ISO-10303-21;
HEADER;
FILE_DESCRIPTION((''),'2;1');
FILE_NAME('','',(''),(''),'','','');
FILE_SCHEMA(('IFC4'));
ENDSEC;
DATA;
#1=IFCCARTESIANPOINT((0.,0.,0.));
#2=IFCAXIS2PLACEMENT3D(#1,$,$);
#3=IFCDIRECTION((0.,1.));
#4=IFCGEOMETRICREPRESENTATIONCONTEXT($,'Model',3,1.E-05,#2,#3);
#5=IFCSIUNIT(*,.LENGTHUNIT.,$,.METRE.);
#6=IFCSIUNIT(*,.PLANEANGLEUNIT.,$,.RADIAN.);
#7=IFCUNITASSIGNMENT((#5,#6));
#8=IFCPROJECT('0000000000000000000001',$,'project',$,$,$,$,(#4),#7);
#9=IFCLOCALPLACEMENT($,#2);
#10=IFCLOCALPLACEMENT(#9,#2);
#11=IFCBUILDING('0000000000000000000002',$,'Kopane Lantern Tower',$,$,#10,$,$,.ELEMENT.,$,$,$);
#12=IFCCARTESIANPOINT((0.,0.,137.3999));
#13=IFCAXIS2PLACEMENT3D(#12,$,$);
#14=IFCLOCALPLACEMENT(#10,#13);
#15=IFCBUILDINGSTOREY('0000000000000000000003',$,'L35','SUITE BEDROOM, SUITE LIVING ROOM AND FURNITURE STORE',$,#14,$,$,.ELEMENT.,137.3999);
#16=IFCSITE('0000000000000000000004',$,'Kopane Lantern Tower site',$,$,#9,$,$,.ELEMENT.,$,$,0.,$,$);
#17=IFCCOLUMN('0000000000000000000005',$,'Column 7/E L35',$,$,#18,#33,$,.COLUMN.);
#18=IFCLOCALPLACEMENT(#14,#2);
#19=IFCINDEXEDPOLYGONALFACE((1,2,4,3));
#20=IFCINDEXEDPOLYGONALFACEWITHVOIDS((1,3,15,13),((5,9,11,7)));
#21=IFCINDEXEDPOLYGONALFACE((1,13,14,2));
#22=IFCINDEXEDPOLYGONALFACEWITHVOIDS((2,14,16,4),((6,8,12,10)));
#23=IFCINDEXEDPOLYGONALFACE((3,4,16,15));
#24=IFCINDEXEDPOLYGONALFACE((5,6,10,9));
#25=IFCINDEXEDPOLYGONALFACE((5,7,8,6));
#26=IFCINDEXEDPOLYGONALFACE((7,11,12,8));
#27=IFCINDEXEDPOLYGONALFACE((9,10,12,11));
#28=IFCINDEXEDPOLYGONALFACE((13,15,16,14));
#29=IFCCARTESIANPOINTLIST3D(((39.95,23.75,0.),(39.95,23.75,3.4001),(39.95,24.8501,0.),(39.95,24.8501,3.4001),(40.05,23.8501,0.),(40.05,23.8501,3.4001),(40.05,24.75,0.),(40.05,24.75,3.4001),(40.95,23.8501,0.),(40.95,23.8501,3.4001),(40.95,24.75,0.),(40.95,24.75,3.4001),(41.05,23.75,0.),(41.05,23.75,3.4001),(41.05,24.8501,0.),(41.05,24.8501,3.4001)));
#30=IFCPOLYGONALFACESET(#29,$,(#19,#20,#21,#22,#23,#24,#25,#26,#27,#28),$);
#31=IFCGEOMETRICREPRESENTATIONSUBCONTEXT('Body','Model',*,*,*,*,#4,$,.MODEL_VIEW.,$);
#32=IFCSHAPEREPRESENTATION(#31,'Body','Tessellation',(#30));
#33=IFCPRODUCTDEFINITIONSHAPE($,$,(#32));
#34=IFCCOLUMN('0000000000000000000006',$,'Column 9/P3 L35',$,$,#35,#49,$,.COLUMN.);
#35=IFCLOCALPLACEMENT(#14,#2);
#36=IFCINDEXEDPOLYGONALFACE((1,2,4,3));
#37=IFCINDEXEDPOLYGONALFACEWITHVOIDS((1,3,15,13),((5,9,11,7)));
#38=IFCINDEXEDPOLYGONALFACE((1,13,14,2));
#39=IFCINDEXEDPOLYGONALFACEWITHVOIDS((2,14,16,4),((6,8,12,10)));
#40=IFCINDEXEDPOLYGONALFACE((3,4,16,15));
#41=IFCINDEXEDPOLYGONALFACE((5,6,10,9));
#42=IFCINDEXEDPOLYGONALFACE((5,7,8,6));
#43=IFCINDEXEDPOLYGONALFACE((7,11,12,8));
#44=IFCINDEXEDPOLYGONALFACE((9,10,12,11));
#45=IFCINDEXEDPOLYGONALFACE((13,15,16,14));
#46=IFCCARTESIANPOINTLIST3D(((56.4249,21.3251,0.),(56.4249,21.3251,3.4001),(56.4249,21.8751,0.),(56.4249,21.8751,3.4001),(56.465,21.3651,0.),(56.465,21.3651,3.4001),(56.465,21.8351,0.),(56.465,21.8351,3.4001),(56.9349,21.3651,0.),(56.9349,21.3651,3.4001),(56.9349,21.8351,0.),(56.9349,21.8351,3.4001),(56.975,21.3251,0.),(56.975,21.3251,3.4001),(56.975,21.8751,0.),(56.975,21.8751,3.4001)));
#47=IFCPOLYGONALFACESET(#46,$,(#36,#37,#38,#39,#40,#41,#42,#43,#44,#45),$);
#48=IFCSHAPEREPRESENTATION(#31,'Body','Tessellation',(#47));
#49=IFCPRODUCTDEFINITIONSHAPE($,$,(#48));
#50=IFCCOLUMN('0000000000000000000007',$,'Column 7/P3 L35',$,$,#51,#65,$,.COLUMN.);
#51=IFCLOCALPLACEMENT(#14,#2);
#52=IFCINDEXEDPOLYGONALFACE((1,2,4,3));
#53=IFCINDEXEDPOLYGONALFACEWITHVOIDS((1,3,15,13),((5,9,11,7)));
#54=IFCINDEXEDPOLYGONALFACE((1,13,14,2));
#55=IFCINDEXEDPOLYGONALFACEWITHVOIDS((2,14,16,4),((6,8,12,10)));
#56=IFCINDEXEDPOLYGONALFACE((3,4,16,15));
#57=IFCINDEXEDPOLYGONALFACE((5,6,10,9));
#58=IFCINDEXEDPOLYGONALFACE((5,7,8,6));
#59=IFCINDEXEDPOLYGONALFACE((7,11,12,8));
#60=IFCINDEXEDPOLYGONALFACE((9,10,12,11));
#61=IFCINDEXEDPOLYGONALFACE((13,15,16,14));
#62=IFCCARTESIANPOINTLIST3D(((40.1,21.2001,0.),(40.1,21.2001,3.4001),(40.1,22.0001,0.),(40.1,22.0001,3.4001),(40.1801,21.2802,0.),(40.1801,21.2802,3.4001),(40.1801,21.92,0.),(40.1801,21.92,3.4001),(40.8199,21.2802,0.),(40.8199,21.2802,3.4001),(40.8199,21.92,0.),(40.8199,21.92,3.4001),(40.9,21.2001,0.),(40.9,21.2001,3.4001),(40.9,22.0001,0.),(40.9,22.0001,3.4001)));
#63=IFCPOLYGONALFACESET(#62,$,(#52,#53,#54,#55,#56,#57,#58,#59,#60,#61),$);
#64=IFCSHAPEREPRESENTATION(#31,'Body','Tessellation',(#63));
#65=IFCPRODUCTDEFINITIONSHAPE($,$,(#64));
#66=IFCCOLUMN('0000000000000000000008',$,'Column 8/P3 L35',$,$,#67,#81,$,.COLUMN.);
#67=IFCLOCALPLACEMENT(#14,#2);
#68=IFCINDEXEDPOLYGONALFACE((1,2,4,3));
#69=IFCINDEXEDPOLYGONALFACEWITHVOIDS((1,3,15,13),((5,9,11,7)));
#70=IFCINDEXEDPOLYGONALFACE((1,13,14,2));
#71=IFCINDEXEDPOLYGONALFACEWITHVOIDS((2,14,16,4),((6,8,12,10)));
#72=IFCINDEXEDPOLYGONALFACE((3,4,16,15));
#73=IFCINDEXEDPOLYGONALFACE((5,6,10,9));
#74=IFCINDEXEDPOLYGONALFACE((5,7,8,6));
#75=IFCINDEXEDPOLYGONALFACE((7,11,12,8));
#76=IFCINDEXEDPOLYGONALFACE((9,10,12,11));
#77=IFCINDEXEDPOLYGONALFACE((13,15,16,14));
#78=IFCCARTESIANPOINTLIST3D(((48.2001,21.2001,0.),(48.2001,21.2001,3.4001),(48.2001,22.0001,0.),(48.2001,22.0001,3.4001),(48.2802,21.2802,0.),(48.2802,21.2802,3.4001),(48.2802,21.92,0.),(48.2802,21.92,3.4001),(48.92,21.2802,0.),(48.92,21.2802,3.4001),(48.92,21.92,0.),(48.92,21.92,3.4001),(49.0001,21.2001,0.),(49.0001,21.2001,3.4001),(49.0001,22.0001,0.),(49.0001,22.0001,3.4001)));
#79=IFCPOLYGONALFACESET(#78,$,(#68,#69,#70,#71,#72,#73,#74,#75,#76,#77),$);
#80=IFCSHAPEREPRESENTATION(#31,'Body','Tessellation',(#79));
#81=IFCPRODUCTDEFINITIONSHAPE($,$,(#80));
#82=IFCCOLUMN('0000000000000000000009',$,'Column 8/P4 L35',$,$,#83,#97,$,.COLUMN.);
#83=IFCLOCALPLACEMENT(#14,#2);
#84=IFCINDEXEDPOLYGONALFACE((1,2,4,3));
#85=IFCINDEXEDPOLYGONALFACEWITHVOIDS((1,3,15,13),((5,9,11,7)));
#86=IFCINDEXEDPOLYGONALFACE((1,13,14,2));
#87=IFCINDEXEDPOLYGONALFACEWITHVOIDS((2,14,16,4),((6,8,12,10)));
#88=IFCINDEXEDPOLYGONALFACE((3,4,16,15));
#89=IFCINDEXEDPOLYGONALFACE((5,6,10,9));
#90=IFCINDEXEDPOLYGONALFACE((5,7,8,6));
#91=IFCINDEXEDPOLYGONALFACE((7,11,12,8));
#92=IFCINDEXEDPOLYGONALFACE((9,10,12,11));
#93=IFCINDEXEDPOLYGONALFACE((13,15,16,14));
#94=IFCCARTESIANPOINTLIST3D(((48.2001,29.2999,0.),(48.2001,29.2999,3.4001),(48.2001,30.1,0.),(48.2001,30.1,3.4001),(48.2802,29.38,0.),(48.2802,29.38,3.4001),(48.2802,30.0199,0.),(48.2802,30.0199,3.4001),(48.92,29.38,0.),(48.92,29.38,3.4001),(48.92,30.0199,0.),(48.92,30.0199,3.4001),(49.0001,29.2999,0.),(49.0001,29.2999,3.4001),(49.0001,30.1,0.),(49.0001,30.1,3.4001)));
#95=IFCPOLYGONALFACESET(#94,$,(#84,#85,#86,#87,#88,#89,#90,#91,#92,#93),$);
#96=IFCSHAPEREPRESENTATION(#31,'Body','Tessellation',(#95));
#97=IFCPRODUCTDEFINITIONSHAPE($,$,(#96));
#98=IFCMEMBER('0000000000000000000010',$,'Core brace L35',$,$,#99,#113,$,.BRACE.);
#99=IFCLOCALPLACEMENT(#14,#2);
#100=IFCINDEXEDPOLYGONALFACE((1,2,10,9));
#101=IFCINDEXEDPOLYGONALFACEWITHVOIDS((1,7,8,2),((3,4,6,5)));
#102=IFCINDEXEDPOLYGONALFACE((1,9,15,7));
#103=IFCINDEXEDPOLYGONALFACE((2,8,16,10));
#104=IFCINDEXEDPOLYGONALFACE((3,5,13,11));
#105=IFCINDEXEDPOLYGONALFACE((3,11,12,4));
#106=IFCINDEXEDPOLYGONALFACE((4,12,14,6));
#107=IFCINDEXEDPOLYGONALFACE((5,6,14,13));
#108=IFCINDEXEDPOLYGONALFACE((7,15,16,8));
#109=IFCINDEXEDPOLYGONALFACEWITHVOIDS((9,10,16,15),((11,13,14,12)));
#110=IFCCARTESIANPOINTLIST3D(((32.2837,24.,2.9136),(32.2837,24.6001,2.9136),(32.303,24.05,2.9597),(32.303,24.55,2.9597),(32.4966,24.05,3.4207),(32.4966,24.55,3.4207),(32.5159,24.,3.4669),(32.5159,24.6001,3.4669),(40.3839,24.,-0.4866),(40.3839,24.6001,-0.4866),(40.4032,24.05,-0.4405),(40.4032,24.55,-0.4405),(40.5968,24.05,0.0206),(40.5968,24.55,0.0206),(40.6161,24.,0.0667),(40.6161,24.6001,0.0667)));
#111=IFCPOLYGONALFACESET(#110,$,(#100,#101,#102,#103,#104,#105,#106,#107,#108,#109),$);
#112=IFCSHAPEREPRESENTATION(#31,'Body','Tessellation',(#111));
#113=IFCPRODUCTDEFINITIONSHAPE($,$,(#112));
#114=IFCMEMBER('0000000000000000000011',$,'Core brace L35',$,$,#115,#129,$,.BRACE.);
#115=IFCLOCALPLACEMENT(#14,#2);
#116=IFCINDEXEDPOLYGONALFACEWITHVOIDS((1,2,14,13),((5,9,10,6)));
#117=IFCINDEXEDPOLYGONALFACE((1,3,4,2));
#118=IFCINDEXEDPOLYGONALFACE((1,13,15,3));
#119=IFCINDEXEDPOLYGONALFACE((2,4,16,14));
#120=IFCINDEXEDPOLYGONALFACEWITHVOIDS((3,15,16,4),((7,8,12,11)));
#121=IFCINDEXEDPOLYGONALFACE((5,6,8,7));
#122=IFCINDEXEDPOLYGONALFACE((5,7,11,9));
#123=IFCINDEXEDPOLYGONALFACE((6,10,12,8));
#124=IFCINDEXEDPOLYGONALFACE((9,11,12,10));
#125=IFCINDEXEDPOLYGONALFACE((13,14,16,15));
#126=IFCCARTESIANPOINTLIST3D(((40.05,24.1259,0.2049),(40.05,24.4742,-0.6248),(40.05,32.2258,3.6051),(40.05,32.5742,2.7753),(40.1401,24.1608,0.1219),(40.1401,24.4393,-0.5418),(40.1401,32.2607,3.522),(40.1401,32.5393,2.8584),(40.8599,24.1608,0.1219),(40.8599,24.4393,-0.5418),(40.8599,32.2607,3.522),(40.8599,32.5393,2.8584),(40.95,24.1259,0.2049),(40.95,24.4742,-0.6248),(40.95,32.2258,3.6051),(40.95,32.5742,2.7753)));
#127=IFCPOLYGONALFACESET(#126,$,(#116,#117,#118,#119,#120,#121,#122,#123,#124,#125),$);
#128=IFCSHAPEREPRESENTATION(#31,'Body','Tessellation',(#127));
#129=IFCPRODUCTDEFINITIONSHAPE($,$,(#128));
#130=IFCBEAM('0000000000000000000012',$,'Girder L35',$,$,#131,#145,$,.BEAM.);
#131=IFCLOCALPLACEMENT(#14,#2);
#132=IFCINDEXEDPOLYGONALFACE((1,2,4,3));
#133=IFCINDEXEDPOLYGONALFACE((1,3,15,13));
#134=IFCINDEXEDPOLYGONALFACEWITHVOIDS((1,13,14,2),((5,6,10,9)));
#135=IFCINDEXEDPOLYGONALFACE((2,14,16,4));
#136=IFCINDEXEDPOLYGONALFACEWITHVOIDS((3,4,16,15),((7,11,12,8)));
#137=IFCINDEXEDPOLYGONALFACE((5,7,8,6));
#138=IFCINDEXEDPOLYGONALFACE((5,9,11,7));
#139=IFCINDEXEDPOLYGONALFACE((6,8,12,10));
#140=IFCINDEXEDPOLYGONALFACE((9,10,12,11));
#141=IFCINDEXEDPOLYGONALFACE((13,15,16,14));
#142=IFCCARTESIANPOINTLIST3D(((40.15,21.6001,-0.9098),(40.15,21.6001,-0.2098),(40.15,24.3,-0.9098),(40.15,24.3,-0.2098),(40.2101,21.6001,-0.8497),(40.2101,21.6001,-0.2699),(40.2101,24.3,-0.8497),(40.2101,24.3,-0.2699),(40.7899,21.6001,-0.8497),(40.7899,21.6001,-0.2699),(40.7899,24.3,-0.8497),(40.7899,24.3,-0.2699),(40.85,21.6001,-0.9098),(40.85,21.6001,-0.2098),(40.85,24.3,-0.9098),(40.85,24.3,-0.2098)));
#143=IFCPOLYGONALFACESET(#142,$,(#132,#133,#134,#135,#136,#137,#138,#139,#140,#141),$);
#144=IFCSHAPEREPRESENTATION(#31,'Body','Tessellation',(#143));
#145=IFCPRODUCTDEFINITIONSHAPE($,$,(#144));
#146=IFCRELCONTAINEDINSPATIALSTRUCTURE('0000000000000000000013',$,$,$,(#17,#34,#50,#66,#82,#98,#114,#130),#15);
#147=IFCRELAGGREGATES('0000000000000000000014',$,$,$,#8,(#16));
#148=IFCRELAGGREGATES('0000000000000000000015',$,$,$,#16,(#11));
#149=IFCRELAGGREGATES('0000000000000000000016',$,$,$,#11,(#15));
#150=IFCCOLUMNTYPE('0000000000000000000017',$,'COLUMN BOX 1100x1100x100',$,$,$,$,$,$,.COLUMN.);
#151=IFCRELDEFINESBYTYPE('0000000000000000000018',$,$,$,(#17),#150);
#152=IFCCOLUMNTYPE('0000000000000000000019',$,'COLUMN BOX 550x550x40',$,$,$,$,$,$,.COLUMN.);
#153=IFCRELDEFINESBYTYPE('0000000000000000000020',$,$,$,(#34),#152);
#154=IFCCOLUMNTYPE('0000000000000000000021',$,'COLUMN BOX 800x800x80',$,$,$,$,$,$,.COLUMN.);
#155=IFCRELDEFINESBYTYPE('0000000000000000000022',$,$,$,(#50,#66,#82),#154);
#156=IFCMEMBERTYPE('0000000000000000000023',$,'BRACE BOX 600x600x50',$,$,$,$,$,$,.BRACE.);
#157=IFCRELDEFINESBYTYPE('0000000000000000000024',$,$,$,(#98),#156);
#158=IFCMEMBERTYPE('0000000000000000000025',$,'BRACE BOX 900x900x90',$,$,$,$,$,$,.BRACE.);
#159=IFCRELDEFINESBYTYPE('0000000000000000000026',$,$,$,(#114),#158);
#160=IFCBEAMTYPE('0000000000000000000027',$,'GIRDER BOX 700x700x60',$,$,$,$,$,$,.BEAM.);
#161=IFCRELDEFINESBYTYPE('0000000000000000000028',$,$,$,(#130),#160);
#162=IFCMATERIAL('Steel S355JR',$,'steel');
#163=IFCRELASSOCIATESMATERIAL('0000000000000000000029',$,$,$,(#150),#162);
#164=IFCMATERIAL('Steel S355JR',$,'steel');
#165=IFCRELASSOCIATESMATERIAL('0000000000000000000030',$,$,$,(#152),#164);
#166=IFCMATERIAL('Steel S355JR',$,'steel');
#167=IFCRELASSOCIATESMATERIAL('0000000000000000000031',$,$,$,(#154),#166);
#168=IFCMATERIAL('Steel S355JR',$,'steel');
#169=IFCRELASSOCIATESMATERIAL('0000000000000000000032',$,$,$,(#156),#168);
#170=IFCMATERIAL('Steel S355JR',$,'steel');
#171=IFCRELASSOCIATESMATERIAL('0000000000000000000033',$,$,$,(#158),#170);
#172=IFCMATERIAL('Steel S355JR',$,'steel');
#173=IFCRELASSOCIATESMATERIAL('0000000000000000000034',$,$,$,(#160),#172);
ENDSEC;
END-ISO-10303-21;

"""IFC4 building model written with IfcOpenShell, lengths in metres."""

from ifc_helpers import new_model, si_unit, direction, frame, origin, origin_2d, place, context, subcontext, project, spatial, hollow_rectangle, extrude, material, material_profile, profile_set, type_object, element, save


model = new_model("IFC4")

# Units and contexts
model_context = context("Model", 3, precision=1e-05, world=origin(), true_north=direction((0.0, 1.0)))
body_context = subcontext(model_context, "Body", "Model", "MODEL_VIEW")
ifc_project = project(units=[si_unit("LENGTHUNIT", "METRE"), si_unit("PLANEANGLEUNIT", "RADIAN")], contexts=[model_context])

# Site, building, storey
site_placement = place(None, origin())
site = spatial("IfcSite", under=ifc_project, at=site_placement, Name="Kopane Lantern Tower site", CompositionType="ELEMENT", RefElevation=0.0)
building_placement = place(site_placement, origin())
building = spatial("IfcBuilding", under=site, at=building_placement, Name="Kopane Lantern Tower", CompositionType="ELEMENT")
storey_placement = place(building_placement, frame((0.0, 0.0, 137.3999)))
storey = spatial("IfcBuildingStorey", under=building, at=storey_placement, Name="L35", Description="SUITE BEDROOM, SUITE LIVING ROOM AND FURNITURE STORE", CompositionType="ELEMENT", Elevation=137.3999)

# Columns
ifc_material_1 = material(Name="Steel S355JR", Category="steel")
ifc_material_profile_1 = material_profile(ifc_material_1, hollow_rectangle(XDim=1.1001, YDim=1.1001, WallThickness=0.1001, at=origin_2d()), Name="BOX 1100x1100x100")
ifc_profile_set_1 = profile_set([ifc_material_profile_1], Name="Steel S355JR")
column_type_1 = type_object("IfcColumnType", Name="COLUMN BOX 1100x1100x100", PredefinedType="COLUMN", material=ifc_profile_set_1)
column_1_placement = place(storey_placement, frame((40.5, 24.3, 0.0), z_axis=(0.0, 0.0, 1.0), x_axis=(1.0, 0.0, 0.0)))
element("IfcColumn", 1, at=column_1_placement, inside=storey, type_object=column_type_1, Name="Column 7/E L35", PredefinedType="COLUMN", context=body_context, shape_type="SweptSolid", body=[
    extrude(hollow_rectangle(XDim=1.1001, YDim=1.1001, WallThickness=0.1001, at=origin_2d()), origin(), (0.0, 0.0, 1.0), 3.4001),
])
ifc_material_2 = material(Name="Steel S355JR", Category="steel")
ifc_material_profile_2 = material_profile(ifc_material_2, hollow_rectangle(XDim=0.55, YDim=0.55, WallThickness=0.04, at=origin_2d()), Name="BOX 550x550x40")
ifc_profile_set_2 = profile_set([ifc_material_profile_2], Name="Steel S355JR")
column_type_2 = type_object("IfcColumnType", Name="COLUMN BOX 550x550x40", PredefinedType="COLUMN", material=ifc_profile_set_2)
column_2_placement = place(storey_placement, frame((56.7, 21.6001, 0.0), z_axis=(0.0, 0.0, 1.0), x_axis=(1.0, 0.0, 0.0)))
element("IfcColumn", 2, at=column_2_placement, inside=storey, type_object=column_type_2, Name="Column 9/P3 L35", PredefinedType="COLUMN", context=body_context, shape_type="SweptSolid", body=[
    extrude(hollow_rectangle(XDim=0.55, YDim=0.55, WallThickness=0.04, at=origin_2d()), origin(), (0.0, 0.0, 1.0), 3.4001),
])
ifc_material_3 = material(Name="Steel S355JR", Category="steel")
ifc_material_profile_3 = material_profile(ifc_material_3, hollow_rectangle(XDim=0.8, YDim=0.8, WallThickness=0.0801, at=origin_2d()), Name="BOX 800x800x80")
ifc_profile_set_3 = profile_set([ifc_material_profile_3], Name="Steel S355JR")
column_type_3 = type_object("IfcColumnType", Name="COLUMN BOX 800x800x80", PredefinedType="COLUMN", material=ifc_profile_set_3)
for number, where, z_axis, x_axis, name in (
    (3, (40.5, 21.6001, 0.0), (0.0, 0.0, 1.0), (1.0, 0.0, 0.0), "Column 7/P3 L35"),
    (4, (48.6001, 21.6001, 0.0), (0.0, 0.0, 1.0), (1.0, 0.0, 0.0), "Column 8/P3 L35"),
    (5, (48.6001, 29.7, 0.0), (0.0, 0.0, 1.0), (1.0, 0.0, 0.0), "Column 8/P4 L35"),
):
    element("IfcColumn", number, at=place(storey_placement, frame(where, z_axis=z_axis, x_axis=x_axis)), inside=storey, type_object=column_type_3, Name=name, PredefinedType="COLUMN", context=body_context, shape_type="SweptSolid", body=[
        extrude(hollow_rectangle(XDim=0.8, YDim=0.8, WallThickness=0.0801, at=origin_2d()), origin(), (0.0, 0.0, 1.0), 3.4001),
    ])

# Members
ifc_material_4 = material(Name="Steel S355JR", Category="steel")
ifc_material_profile_4 = material_profile(ifc_material_4, hollow_rectangle(XDim=0.6001, YDim=0.6001, WallThickness=0.05, at=origin_2d()), Name="BOX 600x600x50")
ifc_profile_set_4 = profile_set([ifc_material_profile_4], Name="Steel S355JR")
member_type_1 = type_object("IfcMemberType", Name="BRACE BOX 600x600x50", PredefinedType="BRACE", material=ifc_profile_set_4)
member_1_placement = place(storey_placement, frame((40.5, 24.3, -0.21), z_axis=(-0.922059, 0.0, 0.387049), x_axis=(0.0, -1.0, 0.0)))
element("IfcMember", 6, at=member_1_placement, inside=storey, type_object=member_type_1, Name="Core brace L35", PredefinedType="BRACE", context=body_context, shape_type="SweptSolid", body=[
    extrude(hollow_rectangle(XDim=0.6001, YDim=0.6001, WallThickness=0.05, at=origin_2d()), origin(), (0.0, 0.0, 1.0), 8.7849),
])
ifc_material_5 = material(Name="Steel S355JR", Category="steel")
ifc_material_profile_5 = material_profile(ifc_material_5, hollow_rectangle(XDim=0.8999, YDim=0.8999, WallThickness=0.0901, at=origin_2d()), Name="BOX 900x900x90")
ifc_profile_set_5 = profile_set([ifc_material_profile_5], Name="Steel S355JR")
member_type_2 = type_object("IfcMemberType", Name="BRACE BOX 900x900x90", PredefinedType="BRACE", material=ifc_profile_set_5)
member_2_placement = place(storey_placement, frame((40.5, 24.3, -0.21), z_axis=(0.0, 0.922055, 0.387059), x_axis=(-1.0, 0.0, 0.0)))
element("IfcMember", 7, at=member_2_placement, inside=storey, type_object=member_type_2, Name="Core brace L35", PredefinedType="BRACE", context=body_context, shape_type="SweptSolid", body=[
    extrude(hollow_rectangle(XDim=0.8999, YDim=0.8999, WallThickness=0.0901, at=origin_2d()), origin(), (0.0, 0.0, 1.0), 8.7847),
])

# Beam
ifc_material_6 = material(Name="Steel S355JR", Category="steel")
ifc_material_profile_6 = material_profile(ifc_material_6, hollow_rectangle(XDim=0.7, YDim=0.7, WallThickness=0.0601, at=origin_2d()), Name="BOX 700x700x60")
ifc_profile_set_6 = profile_set([ifc_material_profile_6], Name="Steel S355JR")
beam_type_1 = type_object("IfcBeamType", Name="GIRDER BOX 700x700x60", PredefinedType="BEAM", material=ifc_profile_set_6)
beam_1_placement = place(storey_placement, frame((40.5, 21.6001, -0.5598), z_axis=(0.0, 1.0, 0.0), x_axis=(-1.0, 0.0, 0.0)))
element("IfcBeam", 8, at=beam_1_placement, inside=storey, type_object=beam_type_1, Name="Girder L35", PredefinedType="BEAM", context=body_context, shape_type="SweptSolid", body=[
    extrude(hollow_rectangle(XDim=0.7, YDim=0.7, WallThickness=0.0601, at=origin_2d()), origin(), (0.0, 0.0, 1.0), 2.7),
])

save(model, "model.ifc")
